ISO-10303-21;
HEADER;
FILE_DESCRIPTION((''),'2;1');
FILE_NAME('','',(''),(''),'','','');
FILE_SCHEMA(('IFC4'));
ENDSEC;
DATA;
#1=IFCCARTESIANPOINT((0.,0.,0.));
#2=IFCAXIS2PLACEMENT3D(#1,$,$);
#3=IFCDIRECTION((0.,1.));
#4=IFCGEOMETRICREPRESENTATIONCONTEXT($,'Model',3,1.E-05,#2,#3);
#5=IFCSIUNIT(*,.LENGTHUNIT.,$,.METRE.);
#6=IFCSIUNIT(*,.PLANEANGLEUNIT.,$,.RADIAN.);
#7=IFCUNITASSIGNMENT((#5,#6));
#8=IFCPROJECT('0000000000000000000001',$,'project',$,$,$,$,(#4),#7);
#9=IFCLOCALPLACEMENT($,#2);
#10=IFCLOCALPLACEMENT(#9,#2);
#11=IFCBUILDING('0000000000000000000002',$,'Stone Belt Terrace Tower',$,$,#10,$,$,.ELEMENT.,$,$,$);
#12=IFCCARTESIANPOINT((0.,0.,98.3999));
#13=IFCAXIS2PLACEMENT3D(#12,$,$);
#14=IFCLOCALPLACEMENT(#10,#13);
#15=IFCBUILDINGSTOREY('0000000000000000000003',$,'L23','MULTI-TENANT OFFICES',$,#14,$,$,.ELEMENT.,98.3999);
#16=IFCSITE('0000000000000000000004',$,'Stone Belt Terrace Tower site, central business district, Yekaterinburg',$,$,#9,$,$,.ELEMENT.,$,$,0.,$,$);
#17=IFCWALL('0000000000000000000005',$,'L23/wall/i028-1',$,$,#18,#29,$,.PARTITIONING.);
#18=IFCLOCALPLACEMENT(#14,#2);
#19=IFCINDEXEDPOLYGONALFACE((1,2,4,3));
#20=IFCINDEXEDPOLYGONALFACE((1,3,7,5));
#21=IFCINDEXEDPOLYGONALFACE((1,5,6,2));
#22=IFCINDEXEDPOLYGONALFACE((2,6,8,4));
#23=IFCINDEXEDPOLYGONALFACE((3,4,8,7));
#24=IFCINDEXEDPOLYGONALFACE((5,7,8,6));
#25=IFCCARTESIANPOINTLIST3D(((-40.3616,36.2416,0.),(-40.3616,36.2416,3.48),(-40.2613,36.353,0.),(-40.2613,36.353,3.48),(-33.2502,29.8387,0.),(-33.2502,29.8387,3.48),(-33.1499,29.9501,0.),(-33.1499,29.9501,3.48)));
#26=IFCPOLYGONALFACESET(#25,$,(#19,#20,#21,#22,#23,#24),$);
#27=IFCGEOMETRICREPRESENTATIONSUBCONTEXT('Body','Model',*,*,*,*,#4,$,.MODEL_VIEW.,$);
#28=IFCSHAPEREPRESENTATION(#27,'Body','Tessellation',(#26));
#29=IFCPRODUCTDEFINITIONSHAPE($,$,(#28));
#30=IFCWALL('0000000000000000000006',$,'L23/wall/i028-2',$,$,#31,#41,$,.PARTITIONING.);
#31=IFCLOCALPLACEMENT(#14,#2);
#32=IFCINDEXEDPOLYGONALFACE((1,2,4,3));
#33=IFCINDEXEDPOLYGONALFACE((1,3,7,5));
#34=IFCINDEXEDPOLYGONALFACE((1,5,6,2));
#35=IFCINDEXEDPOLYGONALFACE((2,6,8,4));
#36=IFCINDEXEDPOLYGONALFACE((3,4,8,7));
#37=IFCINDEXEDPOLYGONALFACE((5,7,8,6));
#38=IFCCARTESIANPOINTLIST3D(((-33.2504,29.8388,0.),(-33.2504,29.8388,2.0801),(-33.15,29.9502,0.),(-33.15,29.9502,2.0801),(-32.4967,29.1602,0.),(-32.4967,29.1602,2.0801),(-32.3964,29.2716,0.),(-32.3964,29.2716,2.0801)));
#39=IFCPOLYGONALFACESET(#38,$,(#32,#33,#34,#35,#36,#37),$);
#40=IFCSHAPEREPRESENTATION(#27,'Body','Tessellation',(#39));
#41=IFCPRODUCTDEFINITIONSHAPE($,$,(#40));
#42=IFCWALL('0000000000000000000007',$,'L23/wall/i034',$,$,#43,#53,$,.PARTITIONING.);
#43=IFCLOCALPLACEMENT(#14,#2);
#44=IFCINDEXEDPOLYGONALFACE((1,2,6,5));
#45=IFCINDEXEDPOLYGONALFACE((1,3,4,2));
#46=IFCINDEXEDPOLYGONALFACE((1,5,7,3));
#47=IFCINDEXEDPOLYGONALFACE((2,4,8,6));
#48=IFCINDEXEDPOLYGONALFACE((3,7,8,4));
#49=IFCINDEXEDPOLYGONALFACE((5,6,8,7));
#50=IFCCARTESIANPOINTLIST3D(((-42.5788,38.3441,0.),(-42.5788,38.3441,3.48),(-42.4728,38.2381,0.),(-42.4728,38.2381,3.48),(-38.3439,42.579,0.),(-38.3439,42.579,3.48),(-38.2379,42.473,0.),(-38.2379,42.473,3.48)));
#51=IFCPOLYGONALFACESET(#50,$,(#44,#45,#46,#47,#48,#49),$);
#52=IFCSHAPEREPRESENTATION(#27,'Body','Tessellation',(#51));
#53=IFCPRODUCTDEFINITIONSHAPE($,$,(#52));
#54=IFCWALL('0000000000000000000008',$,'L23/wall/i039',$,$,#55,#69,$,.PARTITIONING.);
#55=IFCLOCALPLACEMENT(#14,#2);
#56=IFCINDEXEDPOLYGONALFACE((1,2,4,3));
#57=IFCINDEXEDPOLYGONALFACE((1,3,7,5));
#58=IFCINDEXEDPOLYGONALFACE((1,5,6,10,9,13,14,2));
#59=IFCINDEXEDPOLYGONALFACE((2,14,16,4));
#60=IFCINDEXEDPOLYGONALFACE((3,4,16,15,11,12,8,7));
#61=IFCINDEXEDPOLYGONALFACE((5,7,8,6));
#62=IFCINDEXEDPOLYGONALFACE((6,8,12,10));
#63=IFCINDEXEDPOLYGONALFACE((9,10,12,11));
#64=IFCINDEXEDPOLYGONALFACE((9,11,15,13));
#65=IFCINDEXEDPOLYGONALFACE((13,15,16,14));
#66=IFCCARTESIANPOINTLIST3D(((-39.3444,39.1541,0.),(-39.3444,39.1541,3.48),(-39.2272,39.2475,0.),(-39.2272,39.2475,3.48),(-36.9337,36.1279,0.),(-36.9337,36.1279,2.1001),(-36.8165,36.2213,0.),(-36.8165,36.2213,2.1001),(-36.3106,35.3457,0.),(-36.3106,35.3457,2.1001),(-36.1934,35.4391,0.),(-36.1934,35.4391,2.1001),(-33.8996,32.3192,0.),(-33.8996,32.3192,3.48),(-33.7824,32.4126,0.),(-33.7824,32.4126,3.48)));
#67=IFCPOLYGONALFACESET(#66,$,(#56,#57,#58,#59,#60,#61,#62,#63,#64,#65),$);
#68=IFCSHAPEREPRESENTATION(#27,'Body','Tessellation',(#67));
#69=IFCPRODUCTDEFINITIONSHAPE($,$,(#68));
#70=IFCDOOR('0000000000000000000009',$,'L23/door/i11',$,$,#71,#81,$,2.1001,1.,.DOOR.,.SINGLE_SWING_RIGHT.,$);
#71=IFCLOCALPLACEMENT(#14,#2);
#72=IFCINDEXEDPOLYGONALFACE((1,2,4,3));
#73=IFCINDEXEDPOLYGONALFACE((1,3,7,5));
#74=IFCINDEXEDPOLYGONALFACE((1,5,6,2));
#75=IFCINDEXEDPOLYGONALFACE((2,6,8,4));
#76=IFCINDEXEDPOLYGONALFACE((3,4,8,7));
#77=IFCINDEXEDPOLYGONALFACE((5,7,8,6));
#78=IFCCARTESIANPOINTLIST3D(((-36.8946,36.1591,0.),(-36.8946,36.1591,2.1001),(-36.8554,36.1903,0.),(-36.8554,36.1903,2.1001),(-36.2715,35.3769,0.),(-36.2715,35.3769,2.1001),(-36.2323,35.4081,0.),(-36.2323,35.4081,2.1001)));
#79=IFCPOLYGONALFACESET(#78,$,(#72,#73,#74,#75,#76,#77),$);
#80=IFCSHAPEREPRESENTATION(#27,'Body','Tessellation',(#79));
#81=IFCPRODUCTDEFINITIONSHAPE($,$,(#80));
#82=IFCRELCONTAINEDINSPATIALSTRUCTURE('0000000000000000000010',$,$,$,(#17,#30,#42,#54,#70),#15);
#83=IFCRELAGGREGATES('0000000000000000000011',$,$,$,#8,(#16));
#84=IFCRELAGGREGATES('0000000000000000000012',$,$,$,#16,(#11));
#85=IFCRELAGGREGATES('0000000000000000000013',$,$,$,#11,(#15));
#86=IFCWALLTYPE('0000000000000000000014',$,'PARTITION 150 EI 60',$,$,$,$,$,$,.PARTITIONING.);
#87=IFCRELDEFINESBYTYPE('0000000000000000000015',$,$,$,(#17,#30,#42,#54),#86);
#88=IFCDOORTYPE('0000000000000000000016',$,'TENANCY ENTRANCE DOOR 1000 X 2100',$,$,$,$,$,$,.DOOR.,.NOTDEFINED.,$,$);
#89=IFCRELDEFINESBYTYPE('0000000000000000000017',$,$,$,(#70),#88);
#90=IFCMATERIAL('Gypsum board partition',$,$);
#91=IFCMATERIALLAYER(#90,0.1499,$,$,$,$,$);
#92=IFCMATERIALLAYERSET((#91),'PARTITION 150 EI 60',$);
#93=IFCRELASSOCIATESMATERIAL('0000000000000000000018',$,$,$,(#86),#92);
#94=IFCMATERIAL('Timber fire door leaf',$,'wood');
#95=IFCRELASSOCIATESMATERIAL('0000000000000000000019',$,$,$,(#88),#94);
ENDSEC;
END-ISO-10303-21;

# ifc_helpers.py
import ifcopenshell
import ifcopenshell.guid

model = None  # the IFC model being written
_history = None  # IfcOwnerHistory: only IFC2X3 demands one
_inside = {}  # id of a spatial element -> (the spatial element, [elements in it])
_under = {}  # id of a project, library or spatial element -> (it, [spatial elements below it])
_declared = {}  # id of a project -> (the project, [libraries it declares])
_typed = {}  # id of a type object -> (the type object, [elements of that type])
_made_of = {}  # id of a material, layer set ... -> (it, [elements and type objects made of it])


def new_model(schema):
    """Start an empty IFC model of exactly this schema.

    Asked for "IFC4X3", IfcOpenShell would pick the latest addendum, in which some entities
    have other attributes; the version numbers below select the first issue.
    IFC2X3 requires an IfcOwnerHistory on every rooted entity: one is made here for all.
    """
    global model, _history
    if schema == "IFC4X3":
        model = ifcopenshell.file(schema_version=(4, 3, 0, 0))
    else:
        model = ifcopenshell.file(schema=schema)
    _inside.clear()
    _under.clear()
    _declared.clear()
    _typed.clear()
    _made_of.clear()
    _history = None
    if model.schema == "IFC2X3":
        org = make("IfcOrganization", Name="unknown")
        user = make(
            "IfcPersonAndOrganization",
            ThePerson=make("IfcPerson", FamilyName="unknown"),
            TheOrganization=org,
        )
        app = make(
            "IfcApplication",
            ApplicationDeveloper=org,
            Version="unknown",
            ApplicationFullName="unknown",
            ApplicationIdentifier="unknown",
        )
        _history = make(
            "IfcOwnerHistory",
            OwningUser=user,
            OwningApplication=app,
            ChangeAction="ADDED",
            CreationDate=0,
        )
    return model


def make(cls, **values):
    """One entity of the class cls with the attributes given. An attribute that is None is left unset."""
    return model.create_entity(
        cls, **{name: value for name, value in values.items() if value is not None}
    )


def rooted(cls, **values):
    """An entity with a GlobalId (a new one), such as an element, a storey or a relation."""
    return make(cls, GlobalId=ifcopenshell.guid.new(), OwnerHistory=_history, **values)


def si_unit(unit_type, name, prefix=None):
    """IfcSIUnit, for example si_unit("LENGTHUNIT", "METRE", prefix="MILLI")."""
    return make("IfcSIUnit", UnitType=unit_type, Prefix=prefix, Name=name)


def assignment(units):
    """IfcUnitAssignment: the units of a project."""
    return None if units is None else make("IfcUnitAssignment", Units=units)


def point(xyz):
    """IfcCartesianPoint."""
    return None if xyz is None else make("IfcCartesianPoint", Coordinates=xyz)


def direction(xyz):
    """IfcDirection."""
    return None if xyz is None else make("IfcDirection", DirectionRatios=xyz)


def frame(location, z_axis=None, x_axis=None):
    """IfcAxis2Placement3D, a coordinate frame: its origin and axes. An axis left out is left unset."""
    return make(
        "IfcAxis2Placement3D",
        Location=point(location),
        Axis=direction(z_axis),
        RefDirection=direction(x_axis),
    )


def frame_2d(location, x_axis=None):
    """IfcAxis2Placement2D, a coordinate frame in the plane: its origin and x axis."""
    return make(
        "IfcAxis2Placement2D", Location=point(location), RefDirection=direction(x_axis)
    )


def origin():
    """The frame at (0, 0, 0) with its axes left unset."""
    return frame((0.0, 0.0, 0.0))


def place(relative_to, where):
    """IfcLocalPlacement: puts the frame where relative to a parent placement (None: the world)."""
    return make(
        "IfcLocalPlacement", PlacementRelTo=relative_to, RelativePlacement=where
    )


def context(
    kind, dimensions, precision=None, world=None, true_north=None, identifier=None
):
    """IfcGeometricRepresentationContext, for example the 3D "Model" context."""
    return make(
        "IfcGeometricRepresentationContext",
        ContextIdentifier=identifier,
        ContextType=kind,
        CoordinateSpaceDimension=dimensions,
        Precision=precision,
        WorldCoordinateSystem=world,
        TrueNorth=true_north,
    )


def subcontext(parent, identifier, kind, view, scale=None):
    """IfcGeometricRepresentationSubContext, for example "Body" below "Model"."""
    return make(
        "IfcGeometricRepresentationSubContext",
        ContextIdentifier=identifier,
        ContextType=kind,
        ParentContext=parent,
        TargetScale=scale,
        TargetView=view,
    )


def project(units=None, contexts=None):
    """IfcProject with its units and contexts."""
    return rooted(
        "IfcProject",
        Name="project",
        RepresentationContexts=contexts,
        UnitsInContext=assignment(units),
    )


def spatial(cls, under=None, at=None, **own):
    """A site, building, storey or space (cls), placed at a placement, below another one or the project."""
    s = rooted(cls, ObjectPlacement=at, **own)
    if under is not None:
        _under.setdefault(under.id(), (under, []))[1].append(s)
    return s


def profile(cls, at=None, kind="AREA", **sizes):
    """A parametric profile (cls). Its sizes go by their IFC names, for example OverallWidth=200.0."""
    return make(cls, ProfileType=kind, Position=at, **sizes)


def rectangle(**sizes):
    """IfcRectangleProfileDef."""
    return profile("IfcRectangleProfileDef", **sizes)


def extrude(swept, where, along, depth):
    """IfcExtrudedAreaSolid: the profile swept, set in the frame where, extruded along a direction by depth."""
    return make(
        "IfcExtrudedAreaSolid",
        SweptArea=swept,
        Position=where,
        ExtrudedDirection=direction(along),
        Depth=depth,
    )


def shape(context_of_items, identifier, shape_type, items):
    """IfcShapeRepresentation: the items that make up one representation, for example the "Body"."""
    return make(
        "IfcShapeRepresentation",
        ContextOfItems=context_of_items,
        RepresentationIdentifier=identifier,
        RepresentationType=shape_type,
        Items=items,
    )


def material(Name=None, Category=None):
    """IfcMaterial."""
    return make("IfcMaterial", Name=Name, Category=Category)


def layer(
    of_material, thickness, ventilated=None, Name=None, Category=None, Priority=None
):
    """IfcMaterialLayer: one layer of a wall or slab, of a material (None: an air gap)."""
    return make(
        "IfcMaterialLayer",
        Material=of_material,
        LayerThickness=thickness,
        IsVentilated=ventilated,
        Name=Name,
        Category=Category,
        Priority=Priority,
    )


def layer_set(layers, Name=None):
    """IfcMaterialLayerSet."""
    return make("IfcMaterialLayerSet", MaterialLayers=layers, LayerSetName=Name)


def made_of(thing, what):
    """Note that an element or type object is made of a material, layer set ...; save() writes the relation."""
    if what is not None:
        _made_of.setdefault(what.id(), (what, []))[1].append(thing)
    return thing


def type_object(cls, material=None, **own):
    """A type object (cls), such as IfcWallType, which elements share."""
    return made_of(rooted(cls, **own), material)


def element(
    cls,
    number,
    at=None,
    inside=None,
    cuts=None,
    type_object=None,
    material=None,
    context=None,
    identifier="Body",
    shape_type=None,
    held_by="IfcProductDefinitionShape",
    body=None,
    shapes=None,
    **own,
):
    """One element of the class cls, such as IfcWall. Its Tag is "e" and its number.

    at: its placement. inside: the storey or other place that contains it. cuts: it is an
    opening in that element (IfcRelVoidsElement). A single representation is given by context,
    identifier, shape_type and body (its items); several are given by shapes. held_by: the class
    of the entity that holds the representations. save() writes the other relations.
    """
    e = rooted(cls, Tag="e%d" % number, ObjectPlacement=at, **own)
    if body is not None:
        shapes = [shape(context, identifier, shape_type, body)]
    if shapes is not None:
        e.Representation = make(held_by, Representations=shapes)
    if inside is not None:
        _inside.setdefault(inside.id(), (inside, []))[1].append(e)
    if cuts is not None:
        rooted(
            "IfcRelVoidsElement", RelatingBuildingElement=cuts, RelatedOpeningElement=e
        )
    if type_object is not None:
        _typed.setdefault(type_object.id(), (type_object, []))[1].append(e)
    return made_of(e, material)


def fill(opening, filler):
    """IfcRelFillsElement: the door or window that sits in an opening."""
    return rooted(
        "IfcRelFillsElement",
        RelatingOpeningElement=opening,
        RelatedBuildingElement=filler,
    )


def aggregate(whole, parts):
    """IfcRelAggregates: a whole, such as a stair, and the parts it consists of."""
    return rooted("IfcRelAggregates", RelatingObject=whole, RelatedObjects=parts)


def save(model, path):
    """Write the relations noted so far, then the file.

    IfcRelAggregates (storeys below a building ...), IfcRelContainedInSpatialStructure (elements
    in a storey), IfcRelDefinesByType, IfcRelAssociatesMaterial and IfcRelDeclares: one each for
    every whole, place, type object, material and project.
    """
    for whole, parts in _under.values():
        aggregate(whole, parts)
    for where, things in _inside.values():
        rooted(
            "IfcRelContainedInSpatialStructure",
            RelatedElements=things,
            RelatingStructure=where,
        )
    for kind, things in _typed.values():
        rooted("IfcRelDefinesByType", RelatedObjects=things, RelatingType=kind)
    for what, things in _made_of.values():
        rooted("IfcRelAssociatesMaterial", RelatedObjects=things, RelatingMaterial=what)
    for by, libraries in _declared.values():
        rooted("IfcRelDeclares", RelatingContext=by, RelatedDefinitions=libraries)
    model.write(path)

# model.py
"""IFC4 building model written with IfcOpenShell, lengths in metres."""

from ifc_helpers import new_model, si_unit, direction, frame, frame_2d, origin, place, context, subcontext, project, spatial, rectangle, extrude, material, layer, layer_set, type_object, element, fill, save


model = new_model("IFC4")

# Units and contexts
model_context = context("Model", 3, precision=1e-05, world=origin(), true_north=direction((0.0, 1.0)))
body_context = subcontext(model_context, "Body", "Model", "MODEL_VIEW")
ifc_project = project(units=[si_unit("LENGTHUNIT", "METRE"), si_unit("PLANEANGLEUNIT", "RADIAN")], contexts=[model_context])

# Site, building, storey
site_placement = place(None, origin())
site = spatial("IfcSite", under=ifc_project, at=site_placement, Name="Stone Belt Terrace Tower site, central business district, Yekaterinburg", CompositionType="ELEMENT", RefElevation=0.0)
building_placement = place(site_placement, origin())
building = spatial("IfcBuilding", under=site, at=building_placement, Name="Stone Belt Terrace Tower", CompositionType="ELEMENT")
storey_placement = place(building_placement, frame((0.0, 0.0, 98.3999)))
storey = spatial("IfcBuildingStorey", under=building, at=storey_placement, Name="L23", Description="MULTI-TENANT OFFICES", CompositionType="ELEMENT", Elevation=98.3999)

# Shared definitions
ifc_material_1 = material(Name="Gypsum board partition")
ifc_layer_1 = layer(ifc_material_1, 0.1499)
ifc_layer_set_1 = layer_set([ifc_layer_1], Name="PARTITION 150 EI 60")
wall_type = type_object("IfcWallType", Name="PARTITION 150 EI 60", PredefinedType="PARTITIONING", material=ifc_layer_set_1)
ifc_material_2 = material(Name="Timber fire door leaf", Category="wood")

# Walls
wall_1_placement = place(storey_placement, frame((-40.3115, 36.2974, 0.0), z_axis=(0.0, 0.0, 1.0), x_axis=(0.743157, -0.669117, 0.0)))
element("IfcWall", 1, at=wall_1_placement, inside=storey, type_object=wall_type, Name="L23/wall/i028-1", PredefinedType="PARTITIONING", context=body_context, shape_type="SweptSolid", body=[
    extrude(rectangle(XDim=9.5691, YDim=0.1499, at=frame_2d((4.7847, 0.0))), origin(), (0.0, 0.0, 1.0), 3.48),
])
wall_2_placement = place(storey_placement, frame((-33.2002, 29.8945, 0.0), z_axis=(0.0, 0.0, 1.0), x_axis=(0.743091, -0.669191, 0.0)))
element("IfcWall", 2, at=wall_2_placement, inside=storey, type_object=wall_type, Name="L23/wall/i028-2", PredefinedType="PARTITIONING", context=body_context, shape_type="SweptSolid", body=[
    extrude(rectangle(XDim=1.0142, YDim=0.1499, at=frame_2d((0.5071, 0.0))), origin(), (0.0, 0.0, 1.0), 2.0801),
])
wall_3_placement = place(storey_placement, frame((-42.5259, 38.291, 0.0), z_axis=(0.0, 0.0, 1.0), x_axis=(0.707107, 0.707107, 0.0)))
element("IfcWall", 3, at=wall_3_placement, inside=storey, type_object=wall_type, Name="L23/wall/i034", PredefinedType="PARTITIONING", context=body_context, shape_type="SweptSolid", body=[
    extrude(rectangle(XDim=5.989, YDim=0.1499, at=frame_2d((2.9946, 0.0))), origin(), (0.0, 0.0, 1.0), 3.48),
])

# Wall, opening, door
wall_4_placement = place(storey_placement, frame((-33.8411, 32.366, 0.0), z_axis=(0.0, 0.0, 1.0), x_axis=(-0.623079, 0.782159, 0.0)))
wall_4 = element("IfcWall", 4, at=wall_4_placement, inside=storey, type_object=wall_type, Name="L23/wall/i039", PredefinedType="PARTITIONING", context=body_context, shape_type="SweptSolid", body=[
    extrude(rectangle(XDim=8.7385, YDim=0.1499, at=frame_2d((4.3691, 0.0))), origin(), (0.0, 0.0, 1.0), 3.48),
])
opening_1_placement = place(wall_4_placement, frame((3.8694, 0.0, 0.0)))
opening_1 = element("IfcOpeningElement", 5, at=opening_1_placement, cuts=wall_4, PredefinedType="OPENING", context=body_context, shape_type="SweptSolid", body=[
    extrude(rectangle(XDim=1.0, YDim=2.1001, at=frame_2d((0.5, 1.05))), frame((0.0, 0.085, 0.0), z_axis=(0.0, -1.0, 0.0), x_axis=(1.0, 0.0, 0.0)), (0.0, 0.0, 1.0), 0.1699),
])
door_type_1 = type_object("IfcDoorType", Name="TENANCY ENTRANCE DOOR 1000 X 2100", OperationType="NOTDEFINED", PredefinedType="DOOR", material=ifc_material_2)
door_1_placement = place(opening_1_placement, origin())
door_1 = element("IfcDoor", 6, at=door_1_placement, inside=storey, type_object=door_type_1, Name="L23/door/i11", OperationType="SINGLE_SWING_RIGHT", OverallHeight=2.1001, OverallWidth=1.0, PredefinedType="DOOR", context=body_context, shape_type="SweptSolid", body=[
    extrude(rectangle(XDim=1.0, YDim=2.1001, at=frame_2d((0.5, 1.05))), frame((0.0, 0.0249, 0.0), z_axis=(0.0, -1.0, 0.0), x_axis=(1.0, 0.0, 0.0)), (0.0, 0.0, 1.0), 0.05),
])
fill(opening_1, door_1)

save(model, "model.ifc")
